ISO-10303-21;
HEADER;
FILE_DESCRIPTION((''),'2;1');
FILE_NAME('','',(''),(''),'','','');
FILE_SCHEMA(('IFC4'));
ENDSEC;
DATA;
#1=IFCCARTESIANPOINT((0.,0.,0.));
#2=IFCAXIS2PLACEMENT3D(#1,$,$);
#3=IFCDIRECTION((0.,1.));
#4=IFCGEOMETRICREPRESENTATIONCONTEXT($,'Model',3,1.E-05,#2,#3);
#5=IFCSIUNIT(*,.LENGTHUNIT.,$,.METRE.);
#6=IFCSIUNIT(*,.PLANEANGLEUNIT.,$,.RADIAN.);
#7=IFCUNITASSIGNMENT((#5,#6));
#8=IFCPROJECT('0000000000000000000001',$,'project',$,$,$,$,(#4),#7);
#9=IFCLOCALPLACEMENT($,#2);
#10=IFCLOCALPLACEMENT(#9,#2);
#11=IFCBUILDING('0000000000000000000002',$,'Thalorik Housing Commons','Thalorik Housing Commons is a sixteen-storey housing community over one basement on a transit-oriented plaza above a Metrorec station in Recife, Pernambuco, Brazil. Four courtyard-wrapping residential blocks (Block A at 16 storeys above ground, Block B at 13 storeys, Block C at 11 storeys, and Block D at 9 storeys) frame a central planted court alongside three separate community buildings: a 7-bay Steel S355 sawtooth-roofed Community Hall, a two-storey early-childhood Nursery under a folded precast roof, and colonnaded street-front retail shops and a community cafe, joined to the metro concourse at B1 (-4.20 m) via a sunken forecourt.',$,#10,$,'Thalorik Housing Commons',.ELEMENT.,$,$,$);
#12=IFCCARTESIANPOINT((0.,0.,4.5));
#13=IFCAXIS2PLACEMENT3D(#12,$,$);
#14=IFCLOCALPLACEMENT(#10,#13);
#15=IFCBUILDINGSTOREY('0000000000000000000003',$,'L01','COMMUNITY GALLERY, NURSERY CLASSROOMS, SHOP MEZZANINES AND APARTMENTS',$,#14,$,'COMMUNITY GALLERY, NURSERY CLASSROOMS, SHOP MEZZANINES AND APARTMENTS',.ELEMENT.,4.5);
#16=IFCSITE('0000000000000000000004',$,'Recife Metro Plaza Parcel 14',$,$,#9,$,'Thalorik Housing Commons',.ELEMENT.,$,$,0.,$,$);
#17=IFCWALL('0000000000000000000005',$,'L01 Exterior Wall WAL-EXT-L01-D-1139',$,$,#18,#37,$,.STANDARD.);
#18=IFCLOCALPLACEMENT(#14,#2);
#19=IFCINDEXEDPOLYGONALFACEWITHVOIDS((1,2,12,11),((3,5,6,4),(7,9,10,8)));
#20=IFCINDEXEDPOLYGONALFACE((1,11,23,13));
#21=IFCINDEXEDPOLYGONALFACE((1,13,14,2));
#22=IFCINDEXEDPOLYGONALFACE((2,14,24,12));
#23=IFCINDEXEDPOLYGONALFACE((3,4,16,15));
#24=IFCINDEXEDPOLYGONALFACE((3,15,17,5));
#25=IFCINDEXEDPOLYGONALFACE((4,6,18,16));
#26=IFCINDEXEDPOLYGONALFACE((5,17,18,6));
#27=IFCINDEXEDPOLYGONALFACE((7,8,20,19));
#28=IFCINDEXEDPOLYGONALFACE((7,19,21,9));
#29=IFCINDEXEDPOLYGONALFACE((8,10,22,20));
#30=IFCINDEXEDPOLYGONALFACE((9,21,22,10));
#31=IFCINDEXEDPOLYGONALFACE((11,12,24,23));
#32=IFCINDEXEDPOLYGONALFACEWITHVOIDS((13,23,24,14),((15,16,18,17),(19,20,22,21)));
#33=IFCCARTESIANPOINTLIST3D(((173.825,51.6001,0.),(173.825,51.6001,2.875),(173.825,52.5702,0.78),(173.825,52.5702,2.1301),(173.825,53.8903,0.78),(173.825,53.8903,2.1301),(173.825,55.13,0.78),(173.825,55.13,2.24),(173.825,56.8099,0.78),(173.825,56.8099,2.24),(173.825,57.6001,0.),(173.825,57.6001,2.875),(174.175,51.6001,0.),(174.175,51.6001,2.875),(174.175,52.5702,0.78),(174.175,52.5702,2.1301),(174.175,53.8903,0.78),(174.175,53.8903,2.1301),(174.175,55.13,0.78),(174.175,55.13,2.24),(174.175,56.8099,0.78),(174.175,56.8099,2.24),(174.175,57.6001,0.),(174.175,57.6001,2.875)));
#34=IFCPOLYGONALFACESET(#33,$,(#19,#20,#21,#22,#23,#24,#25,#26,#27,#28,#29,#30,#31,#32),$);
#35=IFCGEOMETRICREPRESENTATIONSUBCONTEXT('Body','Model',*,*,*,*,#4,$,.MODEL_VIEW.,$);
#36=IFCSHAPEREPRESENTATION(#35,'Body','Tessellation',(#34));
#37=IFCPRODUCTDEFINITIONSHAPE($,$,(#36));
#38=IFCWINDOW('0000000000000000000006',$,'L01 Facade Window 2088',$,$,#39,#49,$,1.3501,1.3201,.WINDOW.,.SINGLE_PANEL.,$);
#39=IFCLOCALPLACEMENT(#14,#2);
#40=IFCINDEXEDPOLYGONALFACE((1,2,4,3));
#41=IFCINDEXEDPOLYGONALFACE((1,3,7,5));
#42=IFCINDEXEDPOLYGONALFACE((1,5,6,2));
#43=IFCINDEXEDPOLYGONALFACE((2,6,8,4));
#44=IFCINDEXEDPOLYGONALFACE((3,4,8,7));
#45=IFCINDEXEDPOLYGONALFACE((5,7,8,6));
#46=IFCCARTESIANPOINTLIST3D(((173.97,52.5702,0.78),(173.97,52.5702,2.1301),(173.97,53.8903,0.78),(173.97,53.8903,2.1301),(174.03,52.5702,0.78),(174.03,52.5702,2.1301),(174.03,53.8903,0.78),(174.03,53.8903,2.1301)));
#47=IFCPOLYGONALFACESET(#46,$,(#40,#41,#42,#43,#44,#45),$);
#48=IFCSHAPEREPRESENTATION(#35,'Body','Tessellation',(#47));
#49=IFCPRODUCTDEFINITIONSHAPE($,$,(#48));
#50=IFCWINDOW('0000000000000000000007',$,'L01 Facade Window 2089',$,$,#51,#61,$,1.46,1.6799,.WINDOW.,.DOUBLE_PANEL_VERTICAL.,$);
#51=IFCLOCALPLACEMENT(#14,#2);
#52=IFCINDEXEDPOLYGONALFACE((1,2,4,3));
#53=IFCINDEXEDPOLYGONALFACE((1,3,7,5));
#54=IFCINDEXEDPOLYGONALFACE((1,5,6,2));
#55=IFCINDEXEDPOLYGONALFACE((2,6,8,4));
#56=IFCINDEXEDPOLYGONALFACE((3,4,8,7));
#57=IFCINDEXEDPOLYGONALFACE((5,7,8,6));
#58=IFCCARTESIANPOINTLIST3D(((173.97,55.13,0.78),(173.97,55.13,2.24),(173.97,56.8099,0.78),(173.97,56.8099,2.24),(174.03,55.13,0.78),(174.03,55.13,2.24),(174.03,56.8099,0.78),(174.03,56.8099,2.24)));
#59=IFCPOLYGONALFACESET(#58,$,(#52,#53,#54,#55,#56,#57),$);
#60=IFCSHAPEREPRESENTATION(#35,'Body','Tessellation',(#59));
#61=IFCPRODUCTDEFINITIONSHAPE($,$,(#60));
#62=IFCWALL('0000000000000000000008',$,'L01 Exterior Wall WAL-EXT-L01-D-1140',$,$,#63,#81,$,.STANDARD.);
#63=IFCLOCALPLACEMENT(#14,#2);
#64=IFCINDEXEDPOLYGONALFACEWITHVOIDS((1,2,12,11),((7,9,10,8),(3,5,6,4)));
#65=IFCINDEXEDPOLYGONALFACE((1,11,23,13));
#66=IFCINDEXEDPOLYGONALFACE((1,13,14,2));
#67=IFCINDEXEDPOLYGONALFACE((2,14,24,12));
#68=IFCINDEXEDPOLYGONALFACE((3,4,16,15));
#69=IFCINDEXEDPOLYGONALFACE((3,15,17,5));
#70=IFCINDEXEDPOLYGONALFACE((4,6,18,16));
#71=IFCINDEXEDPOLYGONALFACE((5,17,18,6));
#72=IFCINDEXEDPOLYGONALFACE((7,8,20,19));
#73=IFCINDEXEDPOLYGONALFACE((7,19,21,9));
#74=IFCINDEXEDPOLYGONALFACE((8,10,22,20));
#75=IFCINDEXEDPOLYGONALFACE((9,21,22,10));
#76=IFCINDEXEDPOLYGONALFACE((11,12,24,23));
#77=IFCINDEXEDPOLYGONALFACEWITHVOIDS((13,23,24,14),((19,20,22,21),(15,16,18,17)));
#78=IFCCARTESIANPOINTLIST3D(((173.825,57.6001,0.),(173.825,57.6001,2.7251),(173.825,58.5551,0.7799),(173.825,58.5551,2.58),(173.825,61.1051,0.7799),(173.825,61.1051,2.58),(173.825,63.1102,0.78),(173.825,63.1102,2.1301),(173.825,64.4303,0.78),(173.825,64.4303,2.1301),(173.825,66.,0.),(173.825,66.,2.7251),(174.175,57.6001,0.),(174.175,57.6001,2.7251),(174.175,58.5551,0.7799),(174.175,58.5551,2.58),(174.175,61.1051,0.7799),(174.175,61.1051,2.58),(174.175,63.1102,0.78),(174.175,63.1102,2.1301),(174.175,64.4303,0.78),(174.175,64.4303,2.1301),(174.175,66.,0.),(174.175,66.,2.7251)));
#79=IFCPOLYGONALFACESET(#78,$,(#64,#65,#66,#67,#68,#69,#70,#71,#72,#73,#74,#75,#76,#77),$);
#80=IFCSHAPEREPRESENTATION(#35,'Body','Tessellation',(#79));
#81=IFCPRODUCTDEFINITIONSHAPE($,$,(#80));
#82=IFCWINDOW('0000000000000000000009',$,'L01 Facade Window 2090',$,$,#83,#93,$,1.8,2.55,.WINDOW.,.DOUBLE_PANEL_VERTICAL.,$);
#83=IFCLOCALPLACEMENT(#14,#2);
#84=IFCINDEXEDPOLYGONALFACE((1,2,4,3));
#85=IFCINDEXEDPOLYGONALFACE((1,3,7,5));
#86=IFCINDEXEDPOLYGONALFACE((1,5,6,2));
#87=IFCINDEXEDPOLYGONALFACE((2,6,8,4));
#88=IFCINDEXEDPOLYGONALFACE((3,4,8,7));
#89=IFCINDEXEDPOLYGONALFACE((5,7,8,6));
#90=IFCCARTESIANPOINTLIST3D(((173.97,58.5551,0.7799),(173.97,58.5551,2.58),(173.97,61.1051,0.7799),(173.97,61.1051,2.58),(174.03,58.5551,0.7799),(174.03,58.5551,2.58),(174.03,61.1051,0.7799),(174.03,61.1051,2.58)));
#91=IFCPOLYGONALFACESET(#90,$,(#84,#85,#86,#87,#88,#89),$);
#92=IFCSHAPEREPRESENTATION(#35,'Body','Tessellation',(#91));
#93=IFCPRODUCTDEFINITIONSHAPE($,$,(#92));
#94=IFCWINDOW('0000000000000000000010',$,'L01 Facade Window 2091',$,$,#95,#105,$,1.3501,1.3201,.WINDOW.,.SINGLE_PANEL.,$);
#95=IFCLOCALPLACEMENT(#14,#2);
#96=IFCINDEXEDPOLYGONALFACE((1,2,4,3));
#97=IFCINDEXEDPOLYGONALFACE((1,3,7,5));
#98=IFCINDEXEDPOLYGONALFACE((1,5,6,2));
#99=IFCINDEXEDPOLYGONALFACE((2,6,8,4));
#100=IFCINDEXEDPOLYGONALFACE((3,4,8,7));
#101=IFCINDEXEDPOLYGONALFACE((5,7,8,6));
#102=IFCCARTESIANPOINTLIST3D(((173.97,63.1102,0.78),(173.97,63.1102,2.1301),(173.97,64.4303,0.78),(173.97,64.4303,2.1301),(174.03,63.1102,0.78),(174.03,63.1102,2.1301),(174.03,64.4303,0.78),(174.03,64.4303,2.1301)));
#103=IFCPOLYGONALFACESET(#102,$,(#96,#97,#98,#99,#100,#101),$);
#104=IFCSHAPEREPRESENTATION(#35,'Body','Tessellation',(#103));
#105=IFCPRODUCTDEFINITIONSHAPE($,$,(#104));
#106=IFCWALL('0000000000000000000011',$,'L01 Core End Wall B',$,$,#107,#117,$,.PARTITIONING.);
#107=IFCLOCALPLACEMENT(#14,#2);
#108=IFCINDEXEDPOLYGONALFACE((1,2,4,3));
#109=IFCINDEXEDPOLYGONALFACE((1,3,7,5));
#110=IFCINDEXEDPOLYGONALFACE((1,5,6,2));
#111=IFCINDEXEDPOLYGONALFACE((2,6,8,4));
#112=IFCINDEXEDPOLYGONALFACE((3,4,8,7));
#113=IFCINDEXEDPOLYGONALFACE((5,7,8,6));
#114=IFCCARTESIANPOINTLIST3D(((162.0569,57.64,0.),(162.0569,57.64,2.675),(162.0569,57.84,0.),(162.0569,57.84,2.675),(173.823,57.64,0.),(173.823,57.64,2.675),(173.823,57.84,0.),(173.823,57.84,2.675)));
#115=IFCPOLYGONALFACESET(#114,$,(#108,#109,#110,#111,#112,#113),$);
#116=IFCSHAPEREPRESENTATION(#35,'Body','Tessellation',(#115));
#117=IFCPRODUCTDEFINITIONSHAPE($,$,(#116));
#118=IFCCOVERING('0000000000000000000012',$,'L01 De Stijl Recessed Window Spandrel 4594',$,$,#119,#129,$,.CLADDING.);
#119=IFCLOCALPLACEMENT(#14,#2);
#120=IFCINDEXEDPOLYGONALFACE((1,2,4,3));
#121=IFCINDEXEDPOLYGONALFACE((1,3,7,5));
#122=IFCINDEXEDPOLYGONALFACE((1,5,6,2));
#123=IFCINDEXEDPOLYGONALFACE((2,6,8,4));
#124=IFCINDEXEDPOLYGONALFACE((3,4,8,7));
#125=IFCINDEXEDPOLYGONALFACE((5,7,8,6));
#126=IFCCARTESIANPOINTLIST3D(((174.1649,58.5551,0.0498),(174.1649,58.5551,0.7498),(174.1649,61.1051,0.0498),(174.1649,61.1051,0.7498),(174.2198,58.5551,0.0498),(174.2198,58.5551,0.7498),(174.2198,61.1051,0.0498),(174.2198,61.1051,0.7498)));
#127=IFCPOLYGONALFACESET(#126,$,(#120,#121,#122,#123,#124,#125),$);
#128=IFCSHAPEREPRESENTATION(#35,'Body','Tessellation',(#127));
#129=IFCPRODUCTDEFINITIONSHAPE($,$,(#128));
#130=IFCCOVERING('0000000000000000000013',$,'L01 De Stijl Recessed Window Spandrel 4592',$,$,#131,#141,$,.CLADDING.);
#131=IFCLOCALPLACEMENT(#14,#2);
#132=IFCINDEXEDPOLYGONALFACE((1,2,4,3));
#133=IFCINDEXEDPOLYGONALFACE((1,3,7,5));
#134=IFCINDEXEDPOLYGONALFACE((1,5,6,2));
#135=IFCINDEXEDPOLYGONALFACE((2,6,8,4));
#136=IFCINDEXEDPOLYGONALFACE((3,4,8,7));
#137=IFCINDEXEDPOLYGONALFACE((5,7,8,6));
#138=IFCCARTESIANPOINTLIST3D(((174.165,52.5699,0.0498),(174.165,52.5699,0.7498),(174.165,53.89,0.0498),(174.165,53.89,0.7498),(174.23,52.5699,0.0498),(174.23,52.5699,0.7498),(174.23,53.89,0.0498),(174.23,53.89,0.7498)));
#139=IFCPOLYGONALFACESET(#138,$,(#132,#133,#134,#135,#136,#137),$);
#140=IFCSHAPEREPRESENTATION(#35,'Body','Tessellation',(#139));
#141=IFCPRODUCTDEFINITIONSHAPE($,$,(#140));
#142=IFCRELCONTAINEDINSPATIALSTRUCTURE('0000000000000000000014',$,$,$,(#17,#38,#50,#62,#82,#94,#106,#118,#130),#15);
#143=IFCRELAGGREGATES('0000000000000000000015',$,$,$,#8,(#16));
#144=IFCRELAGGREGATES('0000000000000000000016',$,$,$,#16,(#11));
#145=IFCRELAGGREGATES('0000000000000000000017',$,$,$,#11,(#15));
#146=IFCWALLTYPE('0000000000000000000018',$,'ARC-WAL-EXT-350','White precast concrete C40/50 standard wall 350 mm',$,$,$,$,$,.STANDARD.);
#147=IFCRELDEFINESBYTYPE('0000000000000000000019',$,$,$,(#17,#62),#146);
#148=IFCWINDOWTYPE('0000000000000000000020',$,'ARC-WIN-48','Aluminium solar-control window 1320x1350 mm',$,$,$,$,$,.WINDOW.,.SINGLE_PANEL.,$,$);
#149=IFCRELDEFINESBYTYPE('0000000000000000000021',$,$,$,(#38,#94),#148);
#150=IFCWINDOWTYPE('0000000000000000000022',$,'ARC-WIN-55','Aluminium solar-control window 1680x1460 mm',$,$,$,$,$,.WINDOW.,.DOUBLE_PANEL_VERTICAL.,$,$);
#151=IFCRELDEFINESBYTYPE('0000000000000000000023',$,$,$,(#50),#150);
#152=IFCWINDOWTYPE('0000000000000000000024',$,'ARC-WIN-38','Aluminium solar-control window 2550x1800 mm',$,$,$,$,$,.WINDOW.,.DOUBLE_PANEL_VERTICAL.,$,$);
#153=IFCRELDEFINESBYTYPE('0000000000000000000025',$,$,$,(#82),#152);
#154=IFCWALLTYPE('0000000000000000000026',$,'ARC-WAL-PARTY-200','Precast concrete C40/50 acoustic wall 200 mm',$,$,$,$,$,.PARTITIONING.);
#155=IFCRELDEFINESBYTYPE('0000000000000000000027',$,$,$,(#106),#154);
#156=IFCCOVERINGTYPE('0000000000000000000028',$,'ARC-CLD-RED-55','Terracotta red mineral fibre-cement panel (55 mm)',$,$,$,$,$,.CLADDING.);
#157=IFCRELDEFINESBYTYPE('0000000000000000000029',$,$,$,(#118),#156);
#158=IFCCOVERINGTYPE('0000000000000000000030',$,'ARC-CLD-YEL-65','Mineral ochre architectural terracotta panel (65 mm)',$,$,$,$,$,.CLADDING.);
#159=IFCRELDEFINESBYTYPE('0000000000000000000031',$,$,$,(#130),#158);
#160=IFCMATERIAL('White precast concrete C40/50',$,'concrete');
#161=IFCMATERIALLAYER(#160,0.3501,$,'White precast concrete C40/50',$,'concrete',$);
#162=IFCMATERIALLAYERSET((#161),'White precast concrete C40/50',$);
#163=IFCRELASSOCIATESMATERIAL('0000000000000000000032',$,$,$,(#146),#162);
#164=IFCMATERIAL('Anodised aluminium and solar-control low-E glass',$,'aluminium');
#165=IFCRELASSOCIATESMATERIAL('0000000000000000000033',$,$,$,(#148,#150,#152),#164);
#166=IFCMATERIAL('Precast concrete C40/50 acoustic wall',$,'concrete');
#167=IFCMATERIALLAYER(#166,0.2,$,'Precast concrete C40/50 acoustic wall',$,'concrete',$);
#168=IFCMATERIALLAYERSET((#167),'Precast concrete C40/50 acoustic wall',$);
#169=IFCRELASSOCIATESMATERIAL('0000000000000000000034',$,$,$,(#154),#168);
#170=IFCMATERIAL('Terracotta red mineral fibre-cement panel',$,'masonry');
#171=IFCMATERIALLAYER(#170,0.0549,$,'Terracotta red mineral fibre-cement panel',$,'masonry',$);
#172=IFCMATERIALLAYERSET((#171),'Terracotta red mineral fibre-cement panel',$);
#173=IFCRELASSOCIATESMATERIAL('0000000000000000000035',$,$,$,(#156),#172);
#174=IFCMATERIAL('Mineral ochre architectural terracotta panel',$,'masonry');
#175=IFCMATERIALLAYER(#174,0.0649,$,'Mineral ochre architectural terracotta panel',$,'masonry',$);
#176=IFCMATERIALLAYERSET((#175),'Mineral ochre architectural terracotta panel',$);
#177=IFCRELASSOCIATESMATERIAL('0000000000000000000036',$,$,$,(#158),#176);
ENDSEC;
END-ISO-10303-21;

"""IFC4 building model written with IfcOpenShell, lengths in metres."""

from ifc_helpers import new_model, si_unit, direction, frame, frame_2d, origin, origin_2d, place, context, subcontext, project, spatial, rectangle, extrude, material, layer, layer_set, type_object, element, fill, save


model = new_model("IFC4")

# Units and contexts
model_context = context("Model", 3, precision=1e-05, world=origin(), true_north=direction((0.0, 1.0)))
body_context = subcontext(model_context, "Body", "Model", "MODEL_VIEW")
ifc_project = project(units=[si_unit("LENGTHUNIT", "METRE"), si_unit("PLANEANGLEUNIT", "RADIAN")], contexts=[model_context])

# Site, building, storey
site_placement = place(None, origin())
site = spatial("IfcSite", under=ifc_project, at=site_placement, Name="Recife Metro Plaza Parcel 14", LongName="Thalorik Housing Commons", CompositionType="ELEMENT", RefElevation=0.0)
building_placement = place(site_placement, origin())
building = spatial("IfcBuilding", under=site, at=building_placement, Name="Thalorik Housing Commons", Description="Thalorik Housing Commons is a sixteen-storey housing community over one basement on a transit-oriented plaza above a Metrorec station in Recife, Pernambuco, Brazil. Four courtyard-wrapping residential blocks (Block A at 16 storeys above ground, Block B at 13 storeys, Block C at 11 storeys, and Block D at 9 storeys) frame a central planted court alongside three separate community buildings: a 7-bay Steel S355 sawtooth-roofed Community Hall, a two-storey early-childhood Nursery under a folded precast roof, and colonnaded street-front retail shops and a community cafe, joined to the metro concourse at B1 (-4.20 m) via a sunken forecourt.", LongName="Thalorik Housing Commons", CompositionType="ELEMENT")
storey_placement = place(building_placement, frame((0.0, 0.0, 4.5)))
storey = spatial("IfcBuildingStorey", under=building, at=storey_placement, Name="L01", Description="COMMUNITY GALLERY, NURSERY CLASSROOMS, SHOP MEZZANINES AND APARTMENTS", LongName="COMMUNITY GALLERY, NURSERY CLASSROOMS, SHOP MEZZANINES AND APARTMENTS", CompositionType="ELEMENT", Elevation=4.5)

# Walls, openings, windows
ifc_material_1 = material(Name="White precast concrete C40/50", Category="concrete")
ifc_layer_1 = layer(ifc_material_1, 0.3501, Name="White precast concrete C40/50", Category="concrete")
ifc_layer_set_1 = layer_set([ifc_layer_1], Name="White precast concrete C40/50")
wall_type_1 = type_object("IfcWallType", Name="ARC-WAL-EXT-350", Description="White precast concrete C40/50 standard wall 350 mm", PredefinedType="STANDARD", material=ifc_layer_set_1)
wall_1_placement = place(storey_placement, frame((174.0, 51.6001, 0.0), z_axis=(0.0, 0.0, 1.0), x_axis=(0.0, 1.0, 0.0)))
wall_1 = element("IfcWall", 1, at=wall_1_placement, inside=storey, type_object=wall_type_1, Name="L01 Exterior Wall WAL-EXT-L01-D-1139", PredefinedType="STANDARD", context=body_context, shape_type="SweptSolid", body=[
    extrude(rectangle(XDim=6.0, YDim=0.3501, at=frame_2d((3.0, 0.0))), origin(), (0.0, 0.0, 1.0), 2.875),
])
opening_1_placement = place(wall_1_placement, frame((0.97, 0.0, 0.78)))
opening_1 = element("IfcOpeningElement", 2, at=opening_1_placement, cuts=wall_1, PredefinedType="OPENING", context=body_context, shape_type="SweptSolid", body=[
    extrude(rectangle(XDim=1.3201, YDim=1.3501, at=frame_2d((0.6602, 0.675))), frame((0.0, 0.1851, 0.0), z_axis=(0.0, -1.0, 0.0), x_axis=(1.0, 0.0, 0.0)), (0.0, 0.0, 1.0), 0.3701),
])
opening_2_placement = place(wall_1_placement, frame((3.53, 0.0, 0.78)))
opening_2 = element("IfcOpeningElement", 3, at=opening_2_placement, cuts=wall_1, PredefinedType="OPENING", context=body_context, shape_type="SweptSolid", body=[
    extrude(rectangle(XDim=1.6799, YDim=1.46, at=frame_2d((0.8398, 0.73))), frame((0.0, 0.1851, 0.0), z_axis=(0.0, -1.0, 0.0), x_axis=(1.0, 0.0, 0.0)), (0.0, 0.0, 1.0), 0.3701),
])
ifc_material_2 = material(Name="Anodised aluminium and solar-control low-E glass", Category="aluminium")
window_type_1 = type_object("IfcWindowType", Name="ARC-WIN-48", Description="Aluminium solar-control window 1320x1350 mm", PartitioningType="SINGLE_PANEL", PredefinedType="WINDOW", material=ifc_material_2)
window_1_placement = place(opening_1_placement, origin())
window_1 = element("IfcWindow", 4, at=window_1_placement, inside=storey, type_object=window_type_1, Name="L01 Facade Window 2088", OverallHeight=1.3501, OverallWidth=1.3201, PartitioningType="SINGLE_PANEL", PredefinedType="WINDOW", context=body_context, shape_type="SweptSolid", body=[
    extrude(rectangle(XDim=1.3201, YDim=1.3501, at=frame_2d((0.6602, 0.675))), frame((0.0, 0.03, 0.0), z_axis=(0.0, -1.0, 0.0), x_axis=(1.0, 0.0, 0.0)), (0.0, 0.0, 1.0), 0.0601),
])
fill(opening_1, window_1)
window_type_2 = type_object("IfcWindowType", Name="ARC-WIN-55", Description="Aluminium solar-control window 1680x1460 mm", PartitioningType="DOUBLE_PANEL_VERTICAL", PredefinedType="WINDOW", material=ifc_material_2)
window_2_placement = place(opening_2_placement, origin())
window_2 = element("IfcWindow", 5, at=window_2_placement, inside=storey, type_object=window_type_2, Name="L01 Facade Window 2089", OverallHeight=1.46, OverallWidth=1.6799, PartitioningType="DOUBLE_PANEL_VERTICAL", PredefinedType="WINDOW", context=body_context, shape_type="SweptSolid", body=[
    extrude(rectangle(XDim=1.6799, YDim=1.46, at=frame_2d((0.8398, 0.73))), frame((0.0, 0.03, 0.0), z_axis=(0.0, -1.0, 0.0), x_axis=(1.0, 0.0, 0.0)), (0.0, 0.0, 1.0), 0.0601),
])
fill(opening_2, window_2)
wall_2_placement = place(storey_placement, frame((174.0, 57.6001, 0.0), z_axis=(0.0, 0.0, 1.0), x_axis=(0.0, 1.0, 0.0)))
wall_2 = element("IfcWall", 6, at=wall_2_placement, inside=storey, type_object=wall_type_1, Name="L01 Exterior Wall WAL-EXT-L01-D-1140", PredefinedType="STANDARD", context=body_context, shape_type="SweptSolid", body=[
    extrude(rectangle(XDim=8.3999, YDim=0.3501, at=frame_2d((4.2, 0.0))), origin(), (0.0, 0.0, 1.0), 2.7251),
])
opening_3_placement = place(wall_2_placement, frame((0.9551, 0.0, 0.78)))
opening_3 = element("IfcOpeningElement", 7, at=opening_3_placement, cuts=wall_2, PredefinedType="OPENING", context=body_context, shape_type="SweptSolid", body=[
    extrude(rectangle(XDim=2.55, YDim=1.8, at=frame_2d((1.2749, 0.8999))), frame((0.0, 0.1851, 0.0), z_axis=(0.0, -1.0, 0.0), x_axis=(1.0, 0.0, 0.0)), (0.0, 0.0, 1.0), 0.3701),
])
opening_4_placement = place(wall_2_placement, frame((5.51, 0.0, 0.78)))
opening_4 = element("IfcOpeningElement", 8, at=opening_4_placement, cuts=wall_2, PredefinedType="OPENING", context=body_context, shape_type="SweptSolid", body=[
    extrude(rectangle(XDim=1.3201, YDim=1.3501, at=frame_2d((0.6602, 0.675))), frame((0.0, 0.1851, 0.0), z_axis=(0.0, -1.0, 0.0), x_axis=(1.0, 0.0, 0.0)), (0.0, 0.0, 1.0), 0.3701),
])
window_type_3 = type_object("IfcWindowType", Name="ARC-WIN-38", Description="Aluminium solar-control window 2550x1800 mm", PartitioningType="DOUBLE_PANEL_VERTICAL", PredefinedType="WINDOW", material=ifc_material_2)
window_3_placement = place(opening_3_placement, origin())
window_3 = element("IfcWindow", 9, at=window_3_placement, inside=storey, type_object=window_type_3, Name="L01 Facade Window 2090", OverallHeight=1.8, OverallWidth=2.55, PartitioningType="DOUBLE_PANEL_VERTICAL", PredefinedType="WINDOW", context=body_context, shape_type="SweptSolid", body=[
    extrude(rectangle(XDim=2.55, YDim=1.8, at=frame_2d((1.2749, 0.8999))), frame((0.0, 0.03, 0.0), z_axis=(0.0, -1.0, 0.0), x_axis=(1.0, 0.0, 0.0)), (0.0, 0.0, 1.0), 0.0601),
])
fill(opening_3, window_3)
window_4_placement = place(opening_4_placement, origin())
window_4 = element("IfcWindow", 10, at=window_4_placement, inside=storey, type_object=window_type_1, Name="L01 Facade Window 2091", OverallHeight=1.3501, OverallWidth=1.3201, PartitioningType="SINGLE_PANEL", PredefinedType="WINDOW", context=body_context, shape_type="SweptSolid", body=[
    extrude(rectangle(XDim=1.3201, YDim=1.3501, at=frame_2d((0.6602, 0.675))), frame((0.0, 0.03, 0.0), z_axis=(0.0, -1.0, 0.0), x_axis=(1.0, 0.0, 0.0)), (0.0, 0.0, 1.0), 0.0601),
])
fill(opening_4, window_4)

# Wall
ifc_material_3 = material(Name="Precast concrete C40/50 acoustic wall", Category="concrete")
ifc_layer_2 = layer(ifc_material_3, 0.2, Name="Precast concrete C40/50 acoustic wall", Category="concrete")
ifc_layer_set_2 = layer_set([ifc_layer_2], Name="Precast concrete C40/50 acoustic wall")
wall_type_2 = type_object("IfcWallType", Name="ARC-WAL-PARTY-200", Description="Precast concrete C40/50 acoustic wall 200 mm", PredefinedType="PARTITIONING", material=ifc_layer_set_2)
wall_3_placement = place(storey_placement, frame((162.0569, 57.74, 0.0), z_axis=(0.0, 0.0, 1.0), x_axis=(1.0, 0.0, 0.0)))
element("IfcWall", 11, at=wall_3_placement, inside=storey, type_object=wall_type_2, Name="L01 Core End Wall B", PredefinedType="PARTITIONING", context=body_context, shape_type="SweptSolid", body=[
    extrude(rectangle(XDim=11.7661, YDim=0.2, at=frame_2d((5.8831, 0.0))), origin(), (0.0, 0.0, 1.0), 2.675),
])

# Coverings
ifc_material_4 = material(Name="Terracotta red mineral fibre-cement panel", Category="masonry")
ifc_layer_3 = layer(ifc_material_4, 0.0549, Name="Terracotta red mineral fibre-cement panel", Category="masonry")
ifc_layer_set_3 = layer_set([ifc_layer_3], Name="Terracotta red mineral fibre-cement panel")
covering_type_1 = type_object("IfcCoveringType", Name="ARC-CLD-RED-55", Description="Terracotta red mineral fibre-cement panel (55 mm)", PredefinedType="CLADDING", material=ifc_layer_set_3)
covering_1_placement = place(storey_placement, frame((174.1924, 59.8301, 0.0498), z_axis=(0.0, 0.0, 1.0), x_axis=(0.0, 1.0, 0.0)))
element("IfcCovering", 12, at=covering_1_placement, inside=storey, type_object=covering_type_1, Name="L01 De Stijl Recessed Window Spandrel 4594", PredefinedType="CLADDING", context=body_context, shape_type="SweptSolid", body=[
    extrude(rectangle(XDim=2.55, YDim=0.0549, at=origin_2d()), origin(), (0.0, 0.0, 1.0), 0.7),
])
ifc_material_5 = material(Name="Mineral ochre architectural terracotta panel", Category="masonry")
ifc_layer_4 = layer(ifc_material_5, 0.0649, Name="Mineral ochre architectural terracotta panel", Category="masonry")
ifc_layer_set_4 = layer_set([ifc_layer_4], Name="Mineral ochre architectural terracotta panel")
covering_type_2 = type_object("IfcCoveringType", Name="ARC-CLD-YEL-65", Description="Mineral ochre architectural terracotta panel (65 mm)", PredefinedType="CLADDING", material=ifc_layer_set_4)
covering_2_placement = place(storey_placement, frame((174.1975, 53.23, 0.0498), z_axis=(0.0, 0.0, 1.0), x_axis=(0.0, 1.0, 0.0)))
element("IfcCovering", 13, at=covering_2_placement, inside=storey, type_object=covering_type_2, Name="L01 De Stijl Recessed Window Spandrel 4592", PredefinedType="CLADDING", context=body_context, shape_type="SweptSolid", body=[
    extrude(rectangle(XDim=1.3201, YDim=0.0649, at=origin_2d()), origin(), (0.0, 0.0, 1.0), 0.7),
])

save(model, "model.ifc")
